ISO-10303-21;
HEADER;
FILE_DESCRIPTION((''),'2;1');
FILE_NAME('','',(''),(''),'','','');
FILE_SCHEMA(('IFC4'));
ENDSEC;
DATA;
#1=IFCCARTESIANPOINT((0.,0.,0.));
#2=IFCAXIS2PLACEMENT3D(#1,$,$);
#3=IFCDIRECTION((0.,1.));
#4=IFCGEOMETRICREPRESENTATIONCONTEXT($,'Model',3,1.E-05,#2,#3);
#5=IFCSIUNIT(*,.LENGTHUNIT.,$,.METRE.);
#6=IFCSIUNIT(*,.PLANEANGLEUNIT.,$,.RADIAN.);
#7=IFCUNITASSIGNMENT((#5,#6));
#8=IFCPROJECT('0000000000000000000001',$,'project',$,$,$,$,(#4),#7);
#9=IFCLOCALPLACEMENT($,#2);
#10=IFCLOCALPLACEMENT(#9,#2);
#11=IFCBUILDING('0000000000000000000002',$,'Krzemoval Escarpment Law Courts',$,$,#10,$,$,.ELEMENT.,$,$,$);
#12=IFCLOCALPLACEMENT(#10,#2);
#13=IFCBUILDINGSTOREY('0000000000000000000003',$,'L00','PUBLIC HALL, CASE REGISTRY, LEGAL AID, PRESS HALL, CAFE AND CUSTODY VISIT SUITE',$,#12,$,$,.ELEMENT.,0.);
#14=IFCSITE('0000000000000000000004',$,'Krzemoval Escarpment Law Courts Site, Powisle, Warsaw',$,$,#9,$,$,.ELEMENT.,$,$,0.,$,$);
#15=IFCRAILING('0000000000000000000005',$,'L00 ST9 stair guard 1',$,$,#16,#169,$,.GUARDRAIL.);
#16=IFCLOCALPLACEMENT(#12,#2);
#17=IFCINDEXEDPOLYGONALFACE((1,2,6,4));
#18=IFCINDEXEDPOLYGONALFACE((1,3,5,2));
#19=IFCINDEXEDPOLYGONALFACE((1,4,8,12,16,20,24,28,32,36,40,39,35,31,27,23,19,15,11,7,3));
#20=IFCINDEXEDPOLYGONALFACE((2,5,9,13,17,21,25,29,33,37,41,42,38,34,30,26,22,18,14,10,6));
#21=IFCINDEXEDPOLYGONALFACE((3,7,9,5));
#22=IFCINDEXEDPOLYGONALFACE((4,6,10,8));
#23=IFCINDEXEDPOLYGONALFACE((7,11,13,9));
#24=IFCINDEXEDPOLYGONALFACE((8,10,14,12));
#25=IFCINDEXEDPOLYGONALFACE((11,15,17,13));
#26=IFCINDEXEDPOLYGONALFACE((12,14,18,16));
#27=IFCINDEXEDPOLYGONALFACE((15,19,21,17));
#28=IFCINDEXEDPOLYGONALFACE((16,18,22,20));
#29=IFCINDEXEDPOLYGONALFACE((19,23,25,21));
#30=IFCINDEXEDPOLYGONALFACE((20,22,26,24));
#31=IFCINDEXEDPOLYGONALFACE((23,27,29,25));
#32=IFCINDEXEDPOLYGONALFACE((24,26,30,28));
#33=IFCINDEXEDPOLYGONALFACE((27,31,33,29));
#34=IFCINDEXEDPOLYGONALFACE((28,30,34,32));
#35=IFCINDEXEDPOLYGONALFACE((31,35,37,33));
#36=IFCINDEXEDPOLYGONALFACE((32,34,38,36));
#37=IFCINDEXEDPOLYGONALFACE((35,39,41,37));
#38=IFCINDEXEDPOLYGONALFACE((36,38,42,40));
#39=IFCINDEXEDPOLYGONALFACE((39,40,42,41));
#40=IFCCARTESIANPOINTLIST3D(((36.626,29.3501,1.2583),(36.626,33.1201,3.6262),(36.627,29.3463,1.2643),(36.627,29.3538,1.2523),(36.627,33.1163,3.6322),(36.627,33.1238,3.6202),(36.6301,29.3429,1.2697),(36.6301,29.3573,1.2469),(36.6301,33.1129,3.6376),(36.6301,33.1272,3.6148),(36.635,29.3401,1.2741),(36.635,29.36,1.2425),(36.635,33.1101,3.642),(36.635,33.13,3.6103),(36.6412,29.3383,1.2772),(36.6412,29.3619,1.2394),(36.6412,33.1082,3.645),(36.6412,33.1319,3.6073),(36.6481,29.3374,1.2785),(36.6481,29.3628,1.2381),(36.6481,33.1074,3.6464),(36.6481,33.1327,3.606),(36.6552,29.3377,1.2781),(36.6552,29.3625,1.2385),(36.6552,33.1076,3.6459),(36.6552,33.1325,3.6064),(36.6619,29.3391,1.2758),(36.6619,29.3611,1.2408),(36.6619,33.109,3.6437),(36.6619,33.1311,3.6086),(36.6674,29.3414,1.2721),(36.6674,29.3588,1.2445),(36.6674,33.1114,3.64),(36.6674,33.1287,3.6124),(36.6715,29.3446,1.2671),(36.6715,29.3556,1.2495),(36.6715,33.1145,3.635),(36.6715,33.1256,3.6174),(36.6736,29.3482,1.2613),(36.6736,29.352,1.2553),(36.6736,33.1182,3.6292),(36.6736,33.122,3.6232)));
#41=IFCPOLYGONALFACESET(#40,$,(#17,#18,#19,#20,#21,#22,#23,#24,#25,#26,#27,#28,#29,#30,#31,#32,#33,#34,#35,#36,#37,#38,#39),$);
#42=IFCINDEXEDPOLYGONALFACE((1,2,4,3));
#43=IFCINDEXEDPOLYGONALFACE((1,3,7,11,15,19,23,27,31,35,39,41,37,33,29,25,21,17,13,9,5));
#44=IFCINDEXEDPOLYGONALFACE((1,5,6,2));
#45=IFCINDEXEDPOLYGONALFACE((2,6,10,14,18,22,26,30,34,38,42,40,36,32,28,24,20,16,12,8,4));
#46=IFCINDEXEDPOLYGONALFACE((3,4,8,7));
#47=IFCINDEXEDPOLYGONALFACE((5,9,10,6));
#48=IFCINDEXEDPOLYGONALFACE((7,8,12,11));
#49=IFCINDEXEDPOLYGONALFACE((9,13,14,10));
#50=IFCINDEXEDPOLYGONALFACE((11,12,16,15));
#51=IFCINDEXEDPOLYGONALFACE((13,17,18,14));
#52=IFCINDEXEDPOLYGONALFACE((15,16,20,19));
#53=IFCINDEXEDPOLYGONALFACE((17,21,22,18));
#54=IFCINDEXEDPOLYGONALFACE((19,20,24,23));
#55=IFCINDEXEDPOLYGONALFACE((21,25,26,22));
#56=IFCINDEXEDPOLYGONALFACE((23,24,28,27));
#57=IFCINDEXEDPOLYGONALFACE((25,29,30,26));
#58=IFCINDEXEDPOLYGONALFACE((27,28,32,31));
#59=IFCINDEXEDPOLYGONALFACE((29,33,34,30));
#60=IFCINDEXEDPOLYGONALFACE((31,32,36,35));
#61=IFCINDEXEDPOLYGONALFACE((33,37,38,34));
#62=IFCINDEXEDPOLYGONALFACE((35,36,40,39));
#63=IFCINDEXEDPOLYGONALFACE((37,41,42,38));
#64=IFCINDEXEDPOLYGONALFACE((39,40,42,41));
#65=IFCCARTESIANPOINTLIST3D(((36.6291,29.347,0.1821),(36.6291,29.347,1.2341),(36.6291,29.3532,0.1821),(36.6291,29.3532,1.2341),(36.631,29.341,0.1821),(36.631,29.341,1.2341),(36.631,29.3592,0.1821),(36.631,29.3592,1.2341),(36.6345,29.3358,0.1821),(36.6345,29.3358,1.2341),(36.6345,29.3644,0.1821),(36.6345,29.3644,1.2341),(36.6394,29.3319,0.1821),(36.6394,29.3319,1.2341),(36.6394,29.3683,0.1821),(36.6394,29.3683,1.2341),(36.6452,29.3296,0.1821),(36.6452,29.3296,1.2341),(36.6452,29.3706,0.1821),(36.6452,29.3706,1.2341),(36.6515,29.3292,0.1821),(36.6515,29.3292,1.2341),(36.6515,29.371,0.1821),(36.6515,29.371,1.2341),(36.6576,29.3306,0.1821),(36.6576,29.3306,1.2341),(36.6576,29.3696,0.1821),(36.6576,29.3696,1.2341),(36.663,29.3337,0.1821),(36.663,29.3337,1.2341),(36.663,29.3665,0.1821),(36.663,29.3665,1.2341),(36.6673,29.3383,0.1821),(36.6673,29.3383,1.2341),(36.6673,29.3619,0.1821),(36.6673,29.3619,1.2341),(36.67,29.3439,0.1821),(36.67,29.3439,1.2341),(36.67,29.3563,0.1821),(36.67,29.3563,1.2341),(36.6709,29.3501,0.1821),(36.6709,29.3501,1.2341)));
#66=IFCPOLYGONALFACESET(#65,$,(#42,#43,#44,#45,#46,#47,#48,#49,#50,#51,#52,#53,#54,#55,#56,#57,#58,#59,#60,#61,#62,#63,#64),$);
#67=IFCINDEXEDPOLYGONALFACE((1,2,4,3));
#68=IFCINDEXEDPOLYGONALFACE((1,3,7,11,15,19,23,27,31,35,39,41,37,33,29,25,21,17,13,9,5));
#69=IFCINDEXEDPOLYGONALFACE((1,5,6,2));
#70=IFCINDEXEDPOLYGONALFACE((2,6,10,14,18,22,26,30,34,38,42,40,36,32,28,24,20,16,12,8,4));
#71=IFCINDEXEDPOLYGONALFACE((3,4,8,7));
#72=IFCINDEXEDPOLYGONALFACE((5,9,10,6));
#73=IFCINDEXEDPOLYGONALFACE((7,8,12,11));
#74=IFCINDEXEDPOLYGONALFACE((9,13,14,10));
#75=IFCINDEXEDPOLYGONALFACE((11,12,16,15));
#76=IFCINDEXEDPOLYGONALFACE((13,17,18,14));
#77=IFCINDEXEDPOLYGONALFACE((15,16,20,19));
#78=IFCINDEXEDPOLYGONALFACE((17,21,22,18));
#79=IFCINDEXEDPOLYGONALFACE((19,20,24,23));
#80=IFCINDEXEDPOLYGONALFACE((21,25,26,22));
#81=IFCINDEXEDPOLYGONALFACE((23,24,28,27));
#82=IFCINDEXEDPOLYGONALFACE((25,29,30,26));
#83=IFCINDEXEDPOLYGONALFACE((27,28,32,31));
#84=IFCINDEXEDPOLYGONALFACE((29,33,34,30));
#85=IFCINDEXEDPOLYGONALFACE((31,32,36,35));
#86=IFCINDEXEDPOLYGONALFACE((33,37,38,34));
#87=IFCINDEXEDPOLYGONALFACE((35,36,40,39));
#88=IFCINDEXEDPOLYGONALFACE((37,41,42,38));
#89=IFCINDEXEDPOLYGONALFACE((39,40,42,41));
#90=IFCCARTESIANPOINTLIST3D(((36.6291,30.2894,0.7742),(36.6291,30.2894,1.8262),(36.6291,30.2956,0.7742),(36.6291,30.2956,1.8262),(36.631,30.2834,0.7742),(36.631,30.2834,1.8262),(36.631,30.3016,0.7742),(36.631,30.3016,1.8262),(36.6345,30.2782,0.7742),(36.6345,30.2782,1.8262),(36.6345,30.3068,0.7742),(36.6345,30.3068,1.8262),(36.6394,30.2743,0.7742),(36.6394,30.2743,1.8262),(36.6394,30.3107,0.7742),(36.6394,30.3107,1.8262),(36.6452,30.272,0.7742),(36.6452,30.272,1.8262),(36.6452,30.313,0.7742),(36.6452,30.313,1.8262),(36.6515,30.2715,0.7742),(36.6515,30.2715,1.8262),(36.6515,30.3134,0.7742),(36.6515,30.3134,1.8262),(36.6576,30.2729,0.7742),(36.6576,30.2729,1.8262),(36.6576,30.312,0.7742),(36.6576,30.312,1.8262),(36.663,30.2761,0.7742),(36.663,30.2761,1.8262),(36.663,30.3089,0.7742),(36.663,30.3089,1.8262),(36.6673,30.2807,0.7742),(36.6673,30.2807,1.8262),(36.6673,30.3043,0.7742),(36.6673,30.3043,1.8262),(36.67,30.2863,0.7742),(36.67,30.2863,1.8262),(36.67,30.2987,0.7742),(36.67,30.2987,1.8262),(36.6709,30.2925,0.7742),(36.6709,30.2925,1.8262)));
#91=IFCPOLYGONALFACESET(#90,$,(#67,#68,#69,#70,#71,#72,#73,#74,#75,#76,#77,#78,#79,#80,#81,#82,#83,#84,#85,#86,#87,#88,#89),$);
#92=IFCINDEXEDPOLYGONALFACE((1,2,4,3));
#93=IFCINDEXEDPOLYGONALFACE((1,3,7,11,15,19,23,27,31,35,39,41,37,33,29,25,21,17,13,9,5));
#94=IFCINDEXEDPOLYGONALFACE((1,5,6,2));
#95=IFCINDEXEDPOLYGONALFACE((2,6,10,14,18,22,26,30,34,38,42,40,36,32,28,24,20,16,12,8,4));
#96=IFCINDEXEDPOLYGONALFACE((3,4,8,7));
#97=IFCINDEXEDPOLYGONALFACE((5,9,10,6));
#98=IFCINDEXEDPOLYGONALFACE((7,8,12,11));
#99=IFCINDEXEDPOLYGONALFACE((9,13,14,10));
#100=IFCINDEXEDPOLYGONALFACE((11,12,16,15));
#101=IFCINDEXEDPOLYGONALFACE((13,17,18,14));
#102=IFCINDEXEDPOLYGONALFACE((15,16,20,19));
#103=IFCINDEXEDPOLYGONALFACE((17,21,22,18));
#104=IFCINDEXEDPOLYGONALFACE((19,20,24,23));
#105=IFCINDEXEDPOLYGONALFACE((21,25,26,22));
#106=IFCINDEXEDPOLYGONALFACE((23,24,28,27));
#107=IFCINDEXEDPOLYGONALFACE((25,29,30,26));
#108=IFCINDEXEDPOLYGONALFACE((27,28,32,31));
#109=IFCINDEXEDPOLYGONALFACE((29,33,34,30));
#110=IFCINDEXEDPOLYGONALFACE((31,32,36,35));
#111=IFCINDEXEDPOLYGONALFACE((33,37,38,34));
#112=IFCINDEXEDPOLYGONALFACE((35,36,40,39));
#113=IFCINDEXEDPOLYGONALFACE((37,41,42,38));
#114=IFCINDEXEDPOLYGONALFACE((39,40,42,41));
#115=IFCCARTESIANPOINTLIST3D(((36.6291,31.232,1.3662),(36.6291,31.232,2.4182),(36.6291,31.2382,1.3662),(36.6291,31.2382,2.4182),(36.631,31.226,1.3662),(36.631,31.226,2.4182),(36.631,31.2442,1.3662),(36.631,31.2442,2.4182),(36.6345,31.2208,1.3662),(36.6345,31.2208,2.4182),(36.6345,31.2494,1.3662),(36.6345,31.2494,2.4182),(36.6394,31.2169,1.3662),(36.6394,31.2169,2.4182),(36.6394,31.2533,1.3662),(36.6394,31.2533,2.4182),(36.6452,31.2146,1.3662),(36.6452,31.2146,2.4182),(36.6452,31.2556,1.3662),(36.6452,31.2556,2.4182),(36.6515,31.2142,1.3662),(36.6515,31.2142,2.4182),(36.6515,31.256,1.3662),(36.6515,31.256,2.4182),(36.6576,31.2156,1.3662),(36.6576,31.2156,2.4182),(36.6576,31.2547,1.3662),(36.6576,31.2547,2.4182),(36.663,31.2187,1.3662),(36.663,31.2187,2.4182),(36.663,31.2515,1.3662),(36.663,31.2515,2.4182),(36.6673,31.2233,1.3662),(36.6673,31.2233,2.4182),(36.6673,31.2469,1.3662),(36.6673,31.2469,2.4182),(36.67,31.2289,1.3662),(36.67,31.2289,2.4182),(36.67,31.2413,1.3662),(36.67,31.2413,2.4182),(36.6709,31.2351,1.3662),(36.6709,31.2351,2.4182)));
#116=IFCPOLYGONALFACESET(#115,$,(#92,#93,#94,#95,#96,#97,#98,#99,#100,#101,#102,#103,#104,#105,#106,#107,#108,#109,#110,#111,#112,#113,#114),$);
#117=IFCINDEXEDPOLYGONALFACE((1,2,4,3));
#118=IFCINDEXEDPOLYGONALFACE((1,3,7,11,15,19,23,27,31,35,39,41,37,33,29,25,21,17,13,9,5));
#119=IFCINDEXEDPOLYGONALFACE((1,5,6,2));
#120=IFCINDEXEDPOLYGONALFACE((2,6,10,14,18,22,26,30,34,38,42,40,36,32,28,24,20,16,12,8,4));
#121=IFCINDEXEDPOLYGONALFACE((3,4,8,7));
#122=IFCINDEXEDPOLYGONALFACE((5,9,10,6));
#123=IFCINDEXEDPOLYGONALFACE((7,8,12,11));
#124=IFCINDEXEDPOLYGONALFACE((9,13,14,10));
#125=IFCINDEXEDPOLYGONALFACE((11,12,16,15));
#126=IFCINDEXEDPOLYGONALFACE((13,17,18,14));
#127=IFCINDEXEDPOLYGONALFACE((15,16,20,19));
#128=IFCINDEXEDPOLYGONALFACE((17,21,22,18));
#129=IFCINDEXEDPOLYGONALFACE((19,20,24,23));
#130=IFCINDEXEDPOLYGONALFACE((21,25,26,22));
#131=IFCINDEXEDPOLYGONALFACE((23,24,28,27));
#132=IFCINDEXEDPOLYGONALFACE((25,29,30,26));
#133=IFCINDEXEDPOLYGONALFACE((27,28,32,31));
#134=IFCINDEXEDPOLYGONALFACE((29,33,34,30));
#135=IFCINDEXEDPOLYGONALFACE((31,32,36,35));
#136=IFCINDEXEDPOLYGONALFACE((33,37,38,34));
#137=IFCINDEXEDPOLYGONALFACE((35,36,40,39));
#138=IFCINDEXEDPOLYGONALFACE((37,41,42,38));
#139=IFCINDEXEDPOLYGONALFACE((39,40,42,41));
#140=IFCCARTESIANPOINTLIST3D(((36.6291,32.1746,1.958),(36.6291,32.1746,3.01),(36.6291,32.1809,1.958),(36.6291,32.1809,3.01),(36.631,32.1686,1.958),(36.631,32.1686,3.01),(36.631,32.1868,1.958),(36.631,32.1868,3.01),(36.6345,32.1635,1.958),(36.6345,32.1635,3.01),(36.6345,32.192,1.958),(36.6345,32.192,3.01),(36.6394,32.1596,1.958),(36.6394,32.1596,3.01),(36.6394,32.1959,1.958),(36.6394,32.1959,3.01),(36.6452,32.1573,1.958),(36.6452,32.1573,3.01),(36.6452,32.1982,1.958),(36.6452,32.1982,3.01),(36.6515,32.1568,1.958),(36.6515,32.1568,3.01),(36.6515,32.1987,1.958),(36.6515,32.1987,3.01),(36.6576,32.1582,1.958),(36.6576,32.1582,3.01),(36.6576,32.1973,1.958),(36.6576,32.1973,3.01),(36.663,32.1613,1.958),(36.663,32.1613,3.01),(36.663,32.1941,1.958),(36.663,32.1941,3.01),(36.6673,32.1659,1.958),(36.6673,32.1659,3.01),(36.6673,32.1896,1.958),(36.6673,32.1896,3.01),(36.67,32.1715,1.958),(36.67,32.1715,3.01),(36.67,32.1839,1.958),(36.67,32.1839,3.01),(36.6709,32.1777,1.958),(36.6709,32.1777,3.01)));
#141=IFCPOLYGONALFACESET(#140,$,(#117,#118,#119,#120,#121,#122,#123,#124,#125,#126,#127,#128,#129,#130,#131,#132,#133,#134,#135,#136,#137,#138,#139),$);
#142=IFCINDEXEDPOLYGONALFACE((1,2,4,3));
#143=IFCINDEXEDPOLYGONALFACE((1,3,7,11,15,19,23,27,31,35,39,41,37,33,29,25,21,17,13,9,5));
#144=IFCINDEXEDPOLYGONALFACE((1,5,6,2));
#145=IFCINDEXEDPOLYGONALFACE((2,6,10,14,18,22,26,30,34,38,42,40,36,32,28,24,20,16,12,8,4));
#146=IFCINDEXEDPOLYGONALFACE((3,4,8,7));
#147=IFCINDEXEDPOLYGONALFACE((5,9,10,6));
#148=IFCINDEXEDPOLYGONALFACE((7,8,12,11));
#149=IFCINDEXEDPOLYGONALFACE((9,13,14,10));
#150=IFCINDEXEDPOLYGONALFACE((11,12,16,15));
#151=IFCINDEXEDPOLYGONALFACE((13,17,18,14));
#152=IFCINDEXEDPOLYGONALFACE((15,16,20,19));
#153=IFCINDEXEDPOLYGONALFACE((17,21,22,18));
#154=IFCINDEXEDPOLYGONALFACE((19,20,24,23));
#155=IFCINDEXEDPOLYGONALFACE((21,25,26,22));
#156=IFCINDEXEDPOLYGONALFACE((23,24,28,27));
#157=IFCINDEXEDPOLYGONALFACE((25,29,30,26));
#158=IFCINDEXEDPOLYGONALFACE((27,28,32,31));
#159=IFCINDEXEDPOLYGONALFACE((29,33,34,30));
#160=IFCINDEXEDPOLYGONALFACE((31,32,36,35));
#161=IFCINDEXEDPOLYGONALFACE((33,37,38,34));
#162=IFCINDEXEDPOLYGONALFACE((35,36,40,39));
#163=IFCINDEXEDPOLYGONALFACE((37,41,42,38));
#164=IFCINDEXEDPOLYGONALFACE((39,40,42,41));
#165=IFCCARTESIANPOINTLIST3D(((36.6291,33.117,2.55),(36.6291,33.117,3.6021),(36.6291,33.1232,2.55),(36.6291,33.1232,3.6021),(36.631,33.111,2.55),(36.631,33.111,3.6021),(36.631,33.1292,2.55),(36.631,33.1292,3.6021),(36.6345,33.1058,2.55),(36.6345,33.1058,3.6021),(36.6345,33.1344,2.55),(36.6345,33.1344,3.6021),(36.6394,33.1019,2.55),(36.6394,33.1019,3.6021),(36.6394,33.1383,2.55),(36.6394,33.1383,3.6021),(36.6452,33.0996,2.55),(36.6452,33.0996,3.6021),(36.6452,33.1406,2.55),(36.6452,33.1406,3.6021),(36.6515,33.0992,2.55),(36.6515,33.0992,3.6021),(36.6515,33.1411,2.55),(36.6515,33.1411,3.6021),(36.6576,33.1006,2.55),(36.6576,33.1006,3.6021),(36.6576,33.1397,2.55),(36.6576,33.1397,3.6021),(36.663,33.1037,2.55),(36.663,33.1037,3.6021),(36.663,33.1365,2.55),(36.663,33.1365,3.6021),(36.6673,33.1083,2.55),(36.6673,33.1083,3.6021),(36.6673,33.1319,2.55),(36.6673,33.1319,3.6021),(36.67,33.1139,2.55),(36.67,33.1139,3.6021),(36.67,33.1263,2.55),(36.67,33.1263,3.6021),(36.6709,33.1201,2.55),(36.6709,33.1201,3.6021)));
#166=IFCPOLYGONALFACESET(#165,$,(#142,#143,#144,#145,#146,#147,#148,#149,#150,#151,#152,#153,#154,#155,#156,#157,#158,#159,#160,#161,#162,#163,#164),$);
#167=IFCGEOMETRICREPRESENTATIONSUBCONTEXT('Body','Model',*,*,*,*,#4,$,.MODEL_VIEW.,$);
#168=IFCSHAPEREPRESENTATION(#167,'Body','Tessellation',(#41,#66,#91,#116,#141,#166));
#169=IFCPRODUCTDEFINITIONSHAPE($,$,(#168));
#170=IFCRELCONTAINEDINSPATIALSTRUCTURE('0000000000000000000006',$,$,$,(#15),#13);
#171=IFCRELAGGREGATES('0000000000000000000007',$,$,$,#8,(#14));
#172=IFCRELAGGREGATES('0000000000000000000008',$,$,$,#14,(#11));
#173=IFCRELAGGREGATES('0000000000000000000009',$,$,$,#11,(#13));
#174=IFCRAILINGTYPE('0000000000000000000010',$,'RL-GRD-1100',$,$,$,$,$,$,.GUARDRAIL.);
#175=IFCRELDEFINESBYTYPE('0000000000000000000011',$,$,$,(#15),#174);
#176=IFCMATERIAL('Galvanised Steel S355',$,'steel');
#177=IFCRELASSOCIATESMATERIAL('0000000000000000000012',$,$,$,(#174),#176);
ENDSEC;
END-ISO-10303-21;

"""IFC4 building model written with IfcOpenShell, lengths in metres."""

from ifc_helpers import new_model, si_unit, direction, frame, origin, origin_2d, place, context, subcontext, project, spatial, circle, extrude, material, type_object, element, save


model = new_model("IFC4")

# Units and contexts
model_context = context("Model", 3, precision=1e-05, world=origin(), true_north=direction((0.0, 1.0)))
body_context = subcontext(model_context, "Body", "Model", "MODEL_VIEW")
ifc_project = project(units=[si_unit("LENGTHUNIT", "METRE"), si_unit("PLANEANGLEUNIT", "RADIAN")], contexts=[model_context])

# Site, building, storey
site_placement = place(None, origin())
site = spatial("IfcSite", under=ifc_project, at=site_placement, Name="Krzemoval Escarpment Law Courts Site, Powisle, Warsaw", CompositionType="ELEMENT", RefElevation=0.0)
building_placement = place(site_placement, origin())
building = spatial("IfcBuilding", under=site, at=building_placement, Name="Krzemoval Escarpment Law Courts", CompositionType="ELEMENT")
storey_placement = place(building_placement, origin())
storey = spatial("IfcBuildingStorey", under=building, at=storey_placement, Name="L00", Description="PUBLIC HALL, CASE REGISTRY, LEGAL AID, PRESS HALL, CAFE AND CUSTODY VISIT SUITE", CompositionType="ELEMENT", Elevation=0.0)

# Railing
ifc_material_1 = material(Name="Galvanised Steel S355", Category="steel")
railing_type_1 = type_object("IfcRailingType", Name="RL-GRD-1100", PredefinedType="GUARDRAIL", material=ifc_material_1)
railing_1_placement = place(storey_placement, frame((36.6499, 29.3501, 0.1821)))
element("IfcRailing", 1, at=railing_1_placement, inside=storey, type_object=railing_type_1, Name="L00 ST9 stair guard 1", PredefinedType="GUARDRAIL", context=body_context, shape_type="SweptSolid", body=[
    extrude(circle(Radius=0.0239, at=origin_2d()), frame((0.0, 0.0, 1.0762), z_axis=(0.0, 0.846819, 0.531881), x_axis=(-1.0, 0.0, 0.0)), (0.0, 0.0, 1.0), 4.4519),
    extrude(circle(Radius=0.021, at=origin_2d()), origin(), (0.0, 0.0, 1.0), 1.052),
    extrude(circle(Radius=0.021, at=origin_2d()), frame((0.0, 0.9424, 0.592)), (0.0, 0.0, 1.0), 1.052),
    extrude(circle(Radius=0.021, at=origin_2d()), frame((0.0, 1.885, 1.1841)), (0.0, 0.0, 1.0), 1.052),
    extrude(circle(Radius=0.021, at=origin_2d()), frame((0.0, 2.8276, 1.7759)), (0.0, 0.0, 1.0), 1.052),
    extrude(circle(Radius=0.021, at=origin_2d()), frame((0.0, 3.77, 2.3679)), (0.0, 0.0, 1.0), 1.052),
])

save(model, "model.ifc")
